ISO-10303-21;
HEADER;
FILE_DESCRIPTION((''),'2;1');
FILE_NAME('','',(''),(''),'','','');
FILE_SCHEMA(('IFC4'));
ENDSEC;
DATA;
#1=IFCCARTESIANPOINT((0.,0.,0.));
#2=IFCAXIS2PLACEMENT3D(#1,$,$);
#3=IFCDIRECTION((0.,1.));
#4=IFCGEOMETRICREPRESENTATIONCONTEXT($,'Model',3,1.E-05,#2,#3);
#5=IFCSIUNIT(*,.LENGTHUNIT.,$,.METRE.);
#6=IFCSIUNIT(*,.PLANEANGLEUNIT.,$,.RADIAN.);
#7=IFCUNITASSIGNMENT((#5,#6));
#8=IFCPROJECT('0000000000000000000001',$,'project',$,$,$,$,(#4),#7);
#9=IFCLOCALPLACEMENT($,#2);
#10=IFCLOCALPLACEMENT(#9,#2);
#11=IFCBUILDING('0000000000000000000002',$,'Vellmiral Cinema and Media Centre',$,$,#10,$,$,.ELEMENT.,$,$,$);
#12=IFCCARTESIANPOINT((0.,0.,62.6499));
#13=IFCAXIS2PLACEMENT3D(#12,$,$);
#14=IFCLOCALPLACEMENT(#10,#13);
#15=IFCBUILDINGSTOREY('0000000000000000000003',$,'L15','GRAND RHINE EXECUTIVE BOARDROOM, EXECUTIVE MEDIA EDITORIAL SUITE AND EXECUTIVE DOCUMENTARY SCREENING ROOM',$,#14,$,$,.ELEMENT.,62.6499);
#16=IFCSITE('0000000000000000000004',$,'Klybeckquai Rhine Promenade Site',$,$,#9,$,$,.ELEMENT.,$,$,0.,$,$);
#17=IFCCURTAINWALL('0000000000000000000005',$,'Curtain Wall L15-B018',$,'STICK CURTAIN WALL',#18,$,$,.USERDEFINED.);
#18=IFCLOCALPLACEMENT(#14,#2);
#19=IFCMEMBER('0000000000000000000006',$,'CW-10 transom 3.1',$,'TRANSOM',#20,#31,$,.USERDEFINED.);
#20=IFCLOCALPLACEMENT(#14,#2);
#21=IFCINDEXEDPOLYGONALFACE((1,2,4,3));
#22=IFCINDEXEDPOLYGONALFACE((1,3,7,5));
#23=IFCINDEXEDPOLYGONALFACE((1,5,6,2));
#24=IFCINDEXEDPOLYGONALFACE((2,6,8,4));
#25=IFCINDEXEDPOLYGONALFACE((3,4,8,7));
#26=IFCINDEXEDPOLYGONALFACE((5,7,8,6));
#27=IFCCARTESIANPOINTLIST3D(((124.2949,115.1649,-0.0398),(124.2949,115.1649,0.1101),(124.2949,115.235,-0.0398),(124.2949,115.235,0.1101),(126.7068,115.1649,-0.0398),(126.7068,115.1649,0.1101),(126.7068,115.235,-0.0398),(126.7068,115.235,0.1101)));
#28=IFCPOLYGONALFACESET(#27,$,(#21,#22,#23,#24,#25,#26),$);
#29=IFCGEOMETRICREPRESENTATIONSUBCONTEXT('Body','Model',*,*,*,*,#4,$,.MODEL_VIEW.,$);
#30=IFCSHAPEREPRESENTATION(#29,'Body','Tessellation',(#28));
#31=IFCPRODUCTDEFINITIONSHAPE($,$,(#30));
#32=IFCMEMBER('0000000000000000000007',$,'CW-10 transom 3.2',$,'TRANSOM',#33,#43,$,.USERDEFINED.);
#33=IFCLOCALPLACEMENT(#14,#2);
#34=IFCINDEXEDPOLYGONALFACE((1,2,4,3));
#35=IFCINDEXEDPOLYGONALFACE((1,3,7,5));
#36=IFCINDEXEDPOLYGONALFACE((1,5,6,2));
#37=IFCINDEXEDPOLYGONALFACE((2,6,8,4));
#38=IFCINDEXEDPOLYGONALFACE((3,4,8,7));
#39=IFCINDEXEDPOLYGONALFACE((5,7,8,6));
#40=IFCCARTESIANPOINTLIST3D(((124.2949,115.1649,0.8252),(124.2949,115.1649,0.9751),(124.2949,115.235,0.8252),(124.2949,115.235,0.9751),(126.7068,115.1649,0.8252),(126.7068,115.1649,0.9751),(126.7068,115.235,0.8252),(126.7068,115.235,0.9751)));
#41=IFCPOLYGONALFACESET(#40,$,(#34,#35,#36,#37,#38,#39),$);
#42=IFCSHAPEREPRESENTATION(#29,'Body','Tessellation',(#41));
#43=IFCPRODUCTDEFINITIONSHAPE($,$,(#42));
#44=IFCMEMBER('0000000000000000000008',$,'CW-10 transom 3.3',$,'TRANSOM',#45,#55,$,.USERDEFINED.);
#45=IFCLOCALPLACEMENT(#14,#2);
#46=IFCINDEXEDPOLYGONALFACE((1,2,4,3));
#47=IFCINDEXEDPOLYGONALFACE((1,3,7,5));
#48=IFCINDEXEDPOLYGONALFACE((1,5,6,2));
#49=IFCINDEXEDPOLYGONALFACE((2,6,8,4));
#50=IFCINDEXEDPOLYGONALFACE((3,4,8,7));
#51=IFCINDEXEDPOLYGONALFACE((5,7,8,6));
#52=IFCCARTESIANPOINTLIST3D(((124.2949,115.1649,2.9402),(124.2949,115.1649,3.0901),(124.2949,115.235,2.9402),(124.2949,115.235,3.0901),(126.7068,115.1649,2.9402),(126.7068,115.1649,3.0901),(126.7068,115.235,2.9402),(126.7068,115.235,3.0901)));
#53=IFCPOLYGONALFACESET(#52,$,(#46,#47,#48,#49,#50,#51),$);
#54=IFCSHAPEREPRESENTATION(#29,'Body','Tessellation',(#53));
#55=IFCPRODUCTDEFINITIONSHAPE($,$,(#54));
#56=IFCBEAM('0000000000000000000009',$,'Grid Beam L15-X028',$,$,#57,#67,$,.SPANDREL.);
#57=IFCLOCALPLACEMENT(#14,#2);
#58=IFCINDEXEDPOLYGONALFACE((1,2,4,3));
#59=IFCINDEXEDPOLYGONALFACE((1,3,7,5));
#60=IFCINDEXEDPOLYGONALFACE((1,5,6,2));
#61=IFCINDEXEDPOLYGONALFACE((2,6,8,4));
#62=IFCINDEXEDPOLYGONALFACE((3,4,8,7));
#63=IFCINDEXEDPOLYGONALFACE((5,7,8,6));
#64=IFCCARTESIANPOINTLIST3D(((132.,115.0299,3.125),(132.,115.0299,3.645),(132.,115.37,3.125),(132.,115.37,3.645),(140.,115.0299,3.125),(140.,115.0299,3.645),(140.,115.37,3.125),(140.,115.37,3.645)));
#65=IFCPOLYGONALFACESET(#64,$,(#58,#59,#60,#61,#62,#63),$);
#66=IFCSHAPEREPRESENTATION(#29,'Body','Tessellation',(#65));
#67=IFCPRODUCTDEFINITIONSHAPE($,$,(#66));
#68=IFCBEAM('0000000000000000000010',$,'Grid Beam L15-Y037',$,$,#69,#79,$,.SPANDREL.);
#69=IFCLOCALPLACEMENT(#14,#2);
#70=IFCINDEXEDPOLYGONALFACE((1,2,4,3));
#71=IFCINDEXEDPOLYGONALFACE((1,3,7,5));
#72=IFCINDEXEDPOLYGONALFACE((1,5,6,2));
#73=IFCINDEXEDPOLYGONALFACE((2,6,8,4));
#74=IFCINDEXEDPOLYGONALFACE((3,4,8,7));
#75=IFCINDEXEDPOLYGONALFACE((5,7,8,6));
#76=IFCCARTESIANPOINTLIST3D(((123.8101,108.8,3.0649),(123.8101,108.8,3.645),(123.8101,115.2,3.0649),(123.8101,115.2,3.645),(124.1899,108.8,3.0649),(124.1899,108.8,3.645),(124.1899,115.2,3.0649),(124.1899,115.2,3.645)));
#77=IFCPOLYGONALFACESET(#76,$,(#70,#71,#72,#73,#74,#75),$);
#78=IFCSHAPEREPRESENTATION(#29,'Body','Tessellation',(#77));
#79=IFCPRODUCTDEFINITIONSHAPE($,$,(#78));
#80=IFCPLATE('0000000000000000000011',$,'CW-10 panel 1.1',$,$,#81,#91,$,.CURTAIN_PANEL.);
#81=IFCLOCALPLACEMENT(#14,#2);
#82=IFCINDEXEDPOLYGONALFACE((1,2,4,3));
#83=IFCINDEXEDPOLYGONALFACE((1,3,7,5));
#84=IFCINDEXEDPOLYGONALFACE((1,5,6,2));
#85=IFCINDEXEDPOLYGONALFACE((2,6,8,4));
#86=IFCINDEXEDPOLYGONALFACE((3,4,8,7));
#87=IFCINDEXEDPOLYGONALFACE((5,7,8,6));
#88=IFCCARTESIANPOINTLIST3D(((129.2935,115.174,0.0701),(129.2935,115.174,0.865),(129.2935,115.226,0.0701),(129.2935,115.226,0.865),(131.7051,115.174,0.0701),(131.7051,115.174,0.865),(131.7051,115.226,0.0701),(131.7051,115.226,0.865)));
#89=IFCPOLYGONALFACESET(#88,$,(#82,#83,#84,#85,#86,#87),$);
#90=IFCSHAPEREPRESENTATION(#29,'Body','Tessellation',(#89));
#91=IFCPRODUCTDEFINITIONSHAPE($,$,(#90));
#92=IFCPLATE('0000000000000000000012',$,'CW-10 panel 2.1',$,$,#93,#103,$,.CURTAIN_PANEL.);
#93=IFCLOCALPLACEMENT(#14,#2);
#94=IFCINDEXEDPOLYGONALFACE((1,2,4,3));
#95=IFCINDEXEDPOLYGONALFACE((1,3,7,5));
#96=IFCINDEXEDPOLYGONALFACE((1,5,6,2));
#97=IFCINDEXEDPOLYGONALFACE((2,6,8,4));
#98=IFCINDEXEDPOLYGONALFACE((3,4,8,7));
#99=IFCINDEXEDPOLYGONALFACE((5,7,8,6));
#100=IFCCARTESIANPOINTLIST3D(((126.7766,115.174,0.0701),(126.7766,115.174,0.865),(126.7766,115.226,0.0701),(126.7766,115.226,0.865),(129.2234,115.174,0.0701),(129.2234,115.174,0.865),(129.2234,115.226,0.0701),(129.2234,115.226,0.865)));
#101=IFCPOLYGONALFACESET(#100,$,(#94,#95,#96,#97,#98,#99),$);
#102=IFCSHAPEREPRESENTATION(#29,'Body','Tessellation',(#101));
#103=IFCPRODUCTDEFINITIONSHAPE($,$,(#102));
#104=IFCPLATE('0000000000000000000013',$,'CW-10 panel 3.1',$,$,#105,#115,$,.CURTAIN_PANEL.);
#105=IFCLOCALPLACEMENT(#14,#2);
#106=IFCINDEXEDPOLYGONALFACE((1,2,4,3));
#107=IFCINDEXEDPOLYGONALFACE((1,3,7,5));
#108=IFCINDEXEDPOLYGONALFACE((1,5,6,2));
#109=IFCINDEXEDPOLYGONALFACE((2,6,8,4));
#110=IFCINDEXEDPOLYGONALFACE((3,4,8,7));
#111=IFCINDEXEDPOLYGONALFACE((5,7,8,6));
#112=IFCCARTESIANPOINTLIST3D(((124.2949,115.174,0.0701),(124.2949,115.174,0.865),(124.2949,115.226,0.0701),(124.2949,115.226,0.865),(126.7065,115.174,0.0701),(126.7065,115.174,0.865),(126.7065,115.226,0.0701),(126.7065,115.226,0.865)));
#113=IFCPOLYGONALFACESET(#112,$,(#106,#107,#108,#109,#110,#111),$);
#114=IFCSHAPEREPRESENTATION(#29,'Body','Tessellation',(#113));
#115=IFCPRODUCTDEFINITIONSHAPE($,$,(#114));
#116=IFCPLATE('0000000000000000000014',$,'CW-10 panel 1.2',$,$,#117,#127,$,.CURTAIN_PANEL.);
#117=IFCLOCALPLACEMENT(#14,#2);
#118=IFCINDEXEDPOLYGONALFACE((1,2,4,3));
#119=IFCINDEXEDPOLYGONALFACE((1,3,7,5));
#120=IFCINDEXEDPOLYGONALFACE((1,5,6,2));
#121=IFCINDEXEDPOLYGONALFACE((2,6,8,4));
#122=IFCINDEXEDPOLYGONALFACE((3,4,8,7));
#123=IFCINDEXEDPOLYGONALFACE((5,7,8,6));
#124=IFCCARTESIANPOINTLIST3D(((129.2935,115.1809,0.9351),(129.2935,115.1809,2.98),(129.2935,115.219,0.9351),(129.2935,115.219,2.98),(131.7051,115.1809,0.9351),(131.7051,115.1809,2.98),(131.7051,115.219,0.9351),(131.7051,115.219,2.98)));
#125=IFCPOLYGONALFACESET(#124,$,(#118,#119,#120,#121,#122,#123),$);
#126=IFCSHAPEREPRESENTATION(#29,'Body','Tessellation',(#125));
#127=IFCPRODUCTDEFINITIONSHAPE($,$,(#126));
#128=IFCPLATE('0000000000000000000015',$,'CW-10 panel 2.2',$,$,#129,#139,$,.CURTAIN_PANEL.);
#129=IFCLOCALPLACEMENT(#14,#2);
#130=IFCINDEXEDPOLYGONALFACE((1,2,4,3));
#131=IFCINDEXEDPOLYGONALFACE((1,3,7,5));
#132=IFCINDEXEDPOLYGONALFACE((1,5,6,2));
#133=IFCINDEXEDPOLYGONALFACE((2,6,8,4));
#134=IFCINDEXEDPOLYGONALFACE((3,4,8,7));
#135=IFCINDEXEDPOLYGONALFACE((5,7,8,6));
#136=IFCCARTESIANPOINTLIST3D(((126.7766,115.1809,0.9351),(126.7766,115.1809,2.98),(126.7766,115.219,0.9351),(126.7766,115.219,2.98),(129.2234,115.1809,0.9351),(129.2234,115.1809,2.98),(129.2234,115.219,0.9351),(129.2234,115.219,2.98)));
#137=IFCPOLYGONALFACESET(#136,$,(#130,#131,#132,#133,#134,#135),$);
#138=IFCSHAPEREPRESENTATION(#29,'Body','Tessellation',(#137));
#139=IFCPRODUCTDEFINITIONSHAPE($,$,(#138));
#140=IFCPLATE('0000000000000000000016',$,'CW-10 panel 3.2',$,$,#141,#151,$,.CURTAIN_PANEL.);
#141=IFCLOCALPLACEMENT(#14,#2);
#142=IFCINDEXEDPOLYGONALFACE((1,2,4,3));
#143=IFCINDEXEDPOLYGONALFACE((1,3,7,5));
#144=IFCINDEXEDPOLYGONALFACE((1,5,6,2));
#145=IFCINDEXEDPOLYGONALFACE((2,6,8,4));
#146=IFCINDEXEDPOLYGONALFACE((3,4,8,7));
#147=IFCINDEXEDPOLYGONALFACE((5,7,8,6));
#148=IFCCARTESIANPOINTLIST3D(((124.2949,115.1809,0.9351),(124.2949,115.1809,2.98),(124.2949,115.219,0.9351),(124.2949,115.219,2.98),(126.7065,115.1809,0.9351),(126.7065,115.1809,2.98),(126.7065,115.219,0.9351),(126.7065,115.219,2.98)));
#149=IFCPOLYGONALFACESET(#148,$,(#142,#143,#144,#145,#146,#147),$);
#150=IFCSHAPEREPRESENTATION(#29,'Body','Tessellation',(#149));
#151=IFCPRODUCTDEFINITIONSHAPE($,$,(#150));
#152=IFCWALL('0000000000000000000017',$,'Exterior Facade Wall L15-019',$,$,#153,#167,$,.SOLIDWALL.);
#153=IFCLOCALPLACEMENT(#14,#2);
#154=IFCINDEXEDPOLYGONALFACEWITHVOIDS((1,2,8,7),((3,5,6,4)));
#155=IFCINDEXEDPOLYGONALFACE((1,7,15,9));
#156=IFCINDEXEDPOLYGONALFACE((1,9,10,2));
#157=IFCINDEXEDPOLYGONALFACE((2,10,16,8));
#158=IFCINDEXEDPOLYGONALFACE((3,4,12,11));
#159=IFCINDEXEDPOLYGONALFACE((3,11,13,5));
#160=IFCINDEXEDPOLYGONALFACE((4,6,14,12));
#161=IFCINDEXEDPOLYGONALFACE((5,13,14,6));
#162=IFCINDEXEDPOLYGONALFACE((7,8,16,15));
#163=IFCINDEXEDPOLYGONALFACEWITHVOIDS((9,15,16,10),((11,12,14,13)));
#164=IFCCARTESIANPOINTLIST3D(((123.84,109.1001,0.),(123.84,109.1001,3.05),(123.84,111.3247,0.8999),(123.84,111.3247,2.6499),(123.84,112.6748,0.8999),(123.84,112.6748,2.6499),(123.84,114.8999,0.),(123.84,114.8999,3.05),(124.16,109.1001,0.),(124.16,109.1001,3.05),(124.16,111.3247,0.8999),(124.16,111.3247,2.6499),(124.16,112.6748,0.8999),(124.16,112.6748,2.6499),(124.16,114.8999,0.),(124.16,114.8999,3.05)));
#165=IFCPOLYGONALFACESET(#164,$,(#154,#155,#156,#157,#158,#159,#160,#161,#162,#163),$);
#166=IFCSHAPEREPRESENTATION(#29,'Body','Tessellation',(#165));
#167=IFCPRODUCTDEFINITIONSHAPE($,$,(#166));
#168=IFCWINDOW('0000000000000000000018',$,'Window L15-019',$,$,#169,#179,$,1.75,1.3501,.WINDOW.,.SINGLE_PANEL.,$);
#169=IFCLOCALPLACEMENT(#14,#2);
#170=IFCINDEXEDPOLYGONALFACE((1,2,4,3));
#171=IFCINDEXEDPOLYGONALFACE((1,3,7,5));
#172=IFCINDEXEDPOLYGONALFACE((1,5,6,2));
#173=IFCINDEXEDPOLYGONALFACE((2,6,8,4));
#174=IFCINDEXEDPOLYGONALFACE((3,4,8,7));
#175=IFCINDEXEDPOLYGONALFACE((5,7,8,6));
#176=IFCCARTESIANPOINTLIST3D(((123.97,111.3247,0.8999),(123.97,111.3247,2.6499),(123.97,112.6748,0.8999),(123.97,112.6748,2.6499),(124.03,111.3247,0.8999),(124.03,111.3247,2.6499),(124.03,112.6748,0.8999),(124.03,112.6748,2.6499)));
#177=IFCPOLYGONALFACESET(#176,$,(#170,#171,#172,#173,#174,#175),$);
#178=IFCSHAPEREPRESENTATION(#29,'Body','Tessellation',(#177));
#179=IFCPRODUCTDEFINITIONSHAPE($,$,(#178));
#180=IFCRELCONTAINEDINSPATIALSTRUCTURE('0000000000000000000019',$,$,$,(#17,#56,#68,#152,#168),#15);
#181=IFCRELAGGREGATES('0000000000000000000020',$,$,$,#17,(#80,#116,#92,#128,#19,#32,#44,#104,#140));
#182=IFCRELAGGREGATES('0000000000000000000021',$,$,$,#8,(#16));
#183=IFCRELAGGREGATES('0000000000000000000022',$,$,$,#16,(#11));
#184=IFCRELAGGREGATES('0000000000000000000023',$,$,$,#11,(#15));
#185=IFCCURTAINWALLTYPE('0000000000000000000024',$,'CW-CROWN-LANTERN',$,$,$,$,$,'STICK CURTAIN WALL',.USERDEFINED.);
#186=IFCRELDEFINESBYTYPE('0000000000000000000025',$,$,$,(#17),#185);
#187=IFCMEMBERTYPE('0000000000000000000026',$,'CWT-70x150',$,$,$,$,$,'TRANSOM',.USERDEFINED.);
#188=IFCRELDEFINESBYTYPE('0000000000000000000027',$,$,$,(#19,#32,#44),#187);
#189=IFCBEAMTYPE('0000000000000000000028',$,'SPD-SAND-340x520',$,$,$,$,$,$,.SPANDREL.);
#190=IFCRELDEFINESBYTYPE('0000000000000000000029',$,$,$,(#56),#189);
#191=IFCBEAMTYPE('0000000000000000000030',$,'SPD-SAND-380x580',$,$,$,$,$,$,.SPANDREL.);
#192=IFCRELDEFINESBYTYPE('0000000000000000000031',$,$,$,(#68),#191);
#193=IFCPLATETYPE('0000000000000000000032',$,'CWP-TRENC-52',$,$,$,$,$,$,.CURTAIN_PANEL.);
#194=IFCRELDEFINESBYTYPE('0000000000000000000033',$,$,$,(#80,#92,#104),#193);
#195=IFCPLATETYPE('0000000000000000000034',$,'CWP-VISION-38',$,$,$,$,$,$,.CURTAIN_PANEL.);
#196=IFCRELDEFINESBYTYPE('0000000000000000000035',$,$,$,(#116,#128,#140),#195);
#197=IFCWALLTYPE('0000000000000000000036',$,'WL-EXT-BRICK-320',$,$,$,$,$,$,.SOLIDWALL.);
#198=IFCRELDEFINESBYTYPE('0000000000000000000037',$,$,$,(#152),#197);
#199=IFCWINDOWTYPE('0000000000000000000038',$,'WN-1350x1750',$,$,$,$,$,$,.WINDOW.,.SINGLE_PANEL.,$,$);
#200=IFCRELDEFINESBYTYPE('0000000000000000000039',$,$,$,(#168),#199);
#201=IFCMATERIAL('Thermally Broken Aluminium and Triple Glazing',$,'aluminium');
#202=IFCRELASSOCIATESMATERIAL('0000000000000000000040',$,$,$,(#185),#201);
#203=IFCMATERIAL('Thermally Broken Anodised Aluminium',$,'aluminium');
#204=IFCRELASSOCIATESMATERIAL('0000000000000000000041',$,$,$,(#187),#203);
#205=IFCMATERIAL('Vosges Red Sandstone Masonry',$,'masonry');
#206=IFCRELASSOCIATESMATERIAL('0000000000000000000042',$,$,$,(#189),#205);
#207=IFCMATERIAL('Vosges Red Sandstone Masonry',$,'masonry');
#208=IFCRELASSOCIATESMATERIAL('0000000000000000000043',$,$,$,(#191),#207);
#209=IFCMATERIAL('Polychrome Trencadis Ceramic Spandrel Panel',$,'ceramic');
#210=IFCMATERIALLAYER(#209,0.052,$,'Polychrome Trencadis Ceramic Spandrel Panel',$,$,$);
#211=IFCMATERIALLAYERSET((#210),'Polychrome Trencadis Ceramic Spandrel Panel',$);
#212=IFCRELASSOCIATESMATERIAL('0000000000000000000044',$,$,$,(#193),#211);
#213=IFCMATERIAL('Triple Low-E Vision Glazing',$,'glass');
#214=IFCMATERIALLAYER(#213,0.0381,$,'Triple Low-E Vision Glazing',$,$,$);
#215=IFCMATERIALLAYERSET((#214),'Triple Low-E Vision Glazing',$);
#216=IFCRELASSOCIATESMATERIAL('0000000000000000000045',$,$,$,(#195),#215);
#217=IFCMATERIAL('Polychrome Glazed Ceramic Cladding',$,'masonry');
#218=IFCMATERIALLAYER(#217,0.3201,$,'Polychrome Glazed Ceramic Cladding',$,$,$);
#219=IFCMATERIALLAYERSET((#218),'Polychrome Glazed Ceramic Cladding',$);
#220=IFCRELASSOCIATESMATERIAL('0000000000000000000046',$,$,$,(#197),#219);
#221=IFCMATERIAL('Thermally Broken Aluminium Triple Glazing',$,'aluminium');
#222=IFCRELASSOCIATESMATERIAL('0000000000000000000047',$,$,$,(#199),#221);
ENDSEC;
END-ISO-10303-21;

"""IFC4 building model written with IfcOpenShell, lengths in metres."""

from ifc_helpers import new_model, si_unit, direction, frame, frame_2d, origin, origin_2d, place, context, subcontext, project, spatial, rectangle, extrude, material, layer, layer_set, material_profile, profile_set, type_object, element, fill, aggregate, save


model = new_model("IFC4")

# Units and contexts
model_context = context("Model", 3, precision=1e-05, world=origin(), true_north=direction((0.0, 1.0)))
body_context = subcontext(model_context, "Body", "Model", "MODEL_VIEW")
ifc_project = project(units=[si_unit("LENGTHUNIT", "METRE"), si_unit("PLANEANGLEUNIT", "RADIAN")], contexts=[model_context])

# Site, building, storey
site_placement = place(None, origin())
site = spatial("IfcSite", under=ifc_project, at=site_placement, Name="Klybeckquai Rhine Promenade Site", CompositionType="ELEMENT", RefElevation=0.0)
building_placement = place(site_placement, origin())
building = spatial("IfcBuilding", under=site, at=building_placement, Name="Vellmiral Cinema and Media Centre", CompositionType="ELEMENT")
storey_placement = place(building_placement, frame((0.0, 0.0, 62.6499)))
storey = spatial("IfcBuildingStorey", under=building, at=storey_placement, Name="L15", Description="GRAND RHINE EXECUTIVE BOARDROOM, EXECUTIVE MEDIA EDITORIAL SUITE AND EXECUTIVE DOCUMENTARY SCREENING ROOM", CompositionType="ELEMENT", Elevation=62.6499)

# Curtain wall, members
ifc_material_1 = material(Name="Thermally Broken Aluminium and Triple Glazing", Category="aluminium")
curtain_wall_type = type_object("IfcCurtainWallType", Name="CW-CROWN-LANTERN", ElementType="STICK CURTAIN WALL", PredefinedType="USERDEFINED", material=ifc_material_1)
curtain_wall_placement = place(storey_placement, origin())
curtain_wall = element("IfcCurtainWall", 1, at=curtain_wall_placement, inside=storey, type_object=curtain_wall_type, Name="Curtain Wall L15-B018", ObjectType="STICK CURTAIN WALL", PredefinedType="USERDEFINED")
ifc_material_2 = material(Name="Thermally Broken Anodised Aluminium", Category="aluminium")
ifc_material_profile_1 = material_profile(ifc_material_2, rectangle(XDim=0.0701, YDim=0.1499, at=origin_2d()), Name="MULL 70x150")
ifc_profile_set_1 = profile_set([ifc_material_profile_1], Name="Thermally Broken Anodised Aluminium")
member_type_1 = type_object("IfcMemberType", Name="CWT-70x150", ElementType="TRANSOM", PredefinedType="USERDEFINED", material=ifc_profile_set_1)
member_1_placement = place(storey_placement, frame((126.7068, 115.2, 0.0352), z_axis=(-1.0, 0.0, 0.0), x_axis=(0.0, -1.0, 0.0)))
member_1 = element("IfcMember", 2, at=member_1_placement, type_object=member_type_1, Name="CW-10 transom 3.1", ObjectType="TRANSOM", PredefinedType="USERDEFINED", context=body_context, shape_type="SweptSolid", body=[
    extrude(rectangle(XDim=0.0701, YDim=0.1499, at=origin_2d()), origin(), (0.0, 0.0, 1.0), 2.4119),
])
member_2_placement = place(storey_placement, frame((126.7068, 115.2, 0.9001), z_axis=(-1.0, 0.0, 0.0), x_axis=(0.0, -1.0, 0.0)))
member_2 = element("IfcMember", 3, at=member_2_placement, type_object=member_type_1, Name="CW-10 transom 3.2", ObjectType="TRANSOM", PredefinedType="USERDEFINED", context=body_context, shape_type="SweptSolid", body=[
    extrude(rectangle(XDim=0.0701, YDim=0.1499, at=origin_2d()), origin(), (0.0, 0.0, 1.0), 2.4119),
])
member_3_placement = place(storey_placement, frame((126.7068, 115.2, 3.0151), z_axis=(-1.0, 0.0, 0.0), x_axis=(0.0, -1.0, 0.0)))
member_3 = element("IfcMember", 4, at=member_3_placement, type_object=member_type_1, Name="CW-10 transom 3.3", ObjectType="TRANSOM", PredefinedType="USERDEFINED", context=body_context, shape_type="SweptSolid", body=[
    extrude(rectangle(XDim=0.0701, YDim=0.1499, at=origin_2d()), origin(), (0.0, 0.0, 1.0), 2.4119),
])

# Beams
ifc_material_3 = material(Name="Vosges Red Sandstone Masonry", Category="masonry")
ifc_material_profile_2 = material_profile(ifc_material_3, rectangle(XDim=0.3401, YDim=0.52, at=origin_2d()), Name="SAND 340x520")
ifc_profile_set_2 = profile_set([ifc_material_profile_2], Name="Vosges Red Sandstone Masonry")
beam_type_1 = type_object("IfcBeamType", Name="SPD-SAND-340x520", PredefinedType="SPANDREL", material=ifc_profile_set_2)
beam_1_placement = place(storey_placement, frame((132.0, 115.2, 3.385), z_axis=(1.0, 0.0, 0.0), x_axis=(0.0, 1.0, 0.0)))
element("IfcBeam", 5, at=beam_1_placement, inside=storey, type_object=beam_type_1, Name="Grid Beam L15-X028", PredefinedType="SPANDREL", context=body_context, shape_type="SweptSolid", body=[
    extrude(rectangle(XDim=0.3401, YDim=0.52, at=origin_2d()), origin(), (0.0, 0.0, 1.0), 8.0),
])
ifc_material_4 = material(Name="Vosges Red Sandstone Masonry", Category="masonry")
ifc_material_profile_3 = material_profile(ifc_material_4, rectangle(XDim=0.3799, YDim=0.5801, at=origin_2d()), Name="SAND 380x580")
ifc_profile_set_3 = profile_set([ifc_material_profile_3], Name="Vosges Red Sandstone Masonry")
beam_type_2 = type_object("IfcBeamType", Name="SPD-SAND-380x580", PredefinedType="SPANDREL", material=ifc_profile_set_3)
beam_2_placement = place(storey_placement, frame((124.0, 108.8, 3.355), z_axis=(0.0, 1.0, 0.0), x_axis=(-1.0, 0.0, 0.0)))
element("IfcBeam", 6, at=beam_2_placement, inside=storey, type_object=beam_type_2, Name="Grid Beam L15-Y037", PredefinedType="SPANDREL", context=body_context, shape_type="SweptSolid", body=[
    extrude(rectangle(XDim=0.3799, YDim=0.5801, at=origin_2d()), origin(), (0.0, 0.0, 1.0), 6.3999),
])

# Plates
ifc_material_5 = material(Name="Polychrome Trencadis Ceramic Spandrel Panel", Category="ceramic")
ifc_layer_1 = layer(ifc_material_5, 0.052, Name="Polychrome Trencadis Ceramic Spandrel Panel")
ifc_layer_set_1 = layer_set([ifc_layer_1], Name="Polychrome Trencadis Ceramic Spandrel Panel")
plate_type_1 = type_object("IfcPlateType", Name="CWP-TRENC-52", PredefinedType="CURTAIN_PANEL", material=ifc_layer_set_1)
plate_1_placement = place(storey_placement, frame((130.4993, 115.2, 0.0701), z_axis=(0.0, 0.0, 1.0), x_axis=(-1.0, 0.0, 0.0)))
plate_1 = element("IfcPlate", 7, at=plate_1_placement, type_object=plate_type_1, Name="CW-10 panel 1.1", PredefinedType="CURTAIN_PANEL", context=body_context, shape_type="SweptSolid", body=[
    extrude(rectangle(XDim=2.4116, YDim=0.052, at=origin_2d()), origin(), (0.0, 0.0, 1.0), 0.7949),
])
plate_2_placement = place(storey_placement, frame((128.0, 115.2, 0.0701), z_axis=(0.0, 0.0, 1.0), x_axis=(-1.0, 0.0, 0.0)))
plate_2 = element("IfcPlate", 8, at=plate_2_placement, type_object=plate_type_1, Name="CW-10 panel 2.1", PredefinedType="CURTAIN_PANEL", context=body_context, shape_type="SweptSolid", body=[
    extrude(rectangle(XDim=2.4468, YDim=0.052, at=origin_2d()), origin(), (0.0, 0.0, 1.0), 0.7949),
])
plate_3_placement = place(storey_placement, frame((125.5007, 115.2, 0.0701), z_axis=(0.0, 0.0, 1.0), x_axis=(-1.0, 0.0, 0.0)))
plate_3 = element("IfcPlate", 9, at=plate_3_placement, type_object=plate_type_1, Name="CW-10 panel 3.1", PredefinedType="CURTAIN_PANEL", context=body_context, shape_type="SweptSolid", body=[
    extrude(rectangle(XDim=2.4116, YDim=0.052, at=origin_2d()), origin(), (0.0, 0.0, 1.0), 0.7949),
])
ifc_material_6 = material(Name="Triple Low-E Vision Glazing", Category="glass")
ifc_layer_2 = layer(ifc_material_6, 0.0381, Name="Triple Low-E Vision Glazing")
ifc_layer_set_2 = layer_set([ifc_layer_2], Name="Triple Low-E Vision Glazing")
plate_type_2 = type_object("IfcPlateType", Name="CWP-VISION-38", PredefinedType="CURTAIN_PANEL", material=ifc_layer_set_2)
plate_4_placement = place(storey_placement, frame((130.4993, 115.2, 0.9351), z_axis=(0.0, 0.0, 1.0), x_axis=(-1.0, 0.0, 0.0)))
plate_4 = element("IfcPlate", 10, at=plate_4_placement, type_object=plate_type_2, Name="CW-10 panel 1.2", PredefinedType="CURTAIN_PANEL", context=body_context, shape_type="SweptSolid", body=[
    extrude(rectangle(XDim=2.4116, YDim=0.0381, at=origin_2d()), origin(), (0.0, 0.0, 1.0), 2.0449),
])
plate_5_placement = place(storey_placement, frame((128.0, 115.2, 0.9351), z_axis=(0.0, 0.0, 1.0), x_axis=(-1.0, 0.0, 0.0)))
plate_5 = element("IfcPlate", 11, at=plate_5_placement, type_object=plate_type_2, Name="CW-10 panel 2.2", PredefinedType="CURTAIN_PANEL", context=body_context, shape_type="SweptSolid", body=[
    extrude(rectangle(XDim=2.4468, YDim=0.0381, at=origin_2d()), origin(), (0.0, 0.0, 1.0), 2.0449),
])
plate_6_placement = place(storey_placement, frame((125.5007, 115.2, 0.9351), z_axis=(0.0, 0.0, 1.0), x_axis=(-1.0, 0.0, 0.0)))
plate_6 = element("IfcPlate", 12, at=plate_6_placement, type_object=plate_type_2, Name="CW-10 panel 3.2", PredefinedType="CURTAIN_PANEL", context=body_context, shape_type="SweptSolid", body=[
    extrude(rectangle(XDim=2.4116, YDim=0.0381, at=origin_2d()), origin(), (0.0, 0.0, 1.0), 2.0449),
])
aggregate(curtain_wall, [plate_1, plate_4, plate_2, plate_5, member_1, member_2, member_3, plate_3, plate_6])

# Wall, opening, window
ifc_material_7 = material(Name="Polychrome Glazed Ceramic Cladding", Category="masonry")
ifc_layer_3 = layer(ifc_material_7, 0.3201, Name="Polychrome Glazed Ceramic Cladding")
ifc_layer_set_3 = layer_set([ifc_layer_3], Name="Polychrome Glazed Ceramic Cladding")
wall_type = type_object("IfcWallType", Name="WL-EXT-BRICK-320", PredefinedType="SOLIDWALL", material=ifc_layer_set_3)
wall_placement = place(storey_placement, frame((124.0, 114.8999, 0.0), z_axis=(0.0, 0.0, 1.0), x_axis=(0.0, -1.0, 0.0)))
wall = element("IfcWall", 13, at=wall_placement, inside=storey, type_object=wall_type, Name="Exterior Facade Wall L15-019", PredefinedType="SOLIDWALL", context=body_context, shape_type="SweptSolid", body=[
    extrude(rectangle(XDim=5.7998, YDim=0.3201, at=frame_2d((2.8999, 0.0))), origin(), (0.0, 0.0, 1.0), 3.05),
])
opening_placement = place(wall_placement, frame((2.2251, 0.0, 0.8999)))
opening = element("IfcOpeningElement", 14, at=opening_placement, cuts=wall, PredefinedType="OPENING", context=body_context, shape_type="SweptSolid", body=[
    extrude(rectangle(XDim=1.3501, YDim=1.75, at=frame_2d((0.675, 0.875))), frame((0.0, 0.1719, 0.0), z_axis=(0.0, -1.0, 0.0), x_axis=(1.0, 0.0, 0.0)), (0.0, 0.0, 1.0), 0.344),
])
ifc_material_8 = material(Name="Thermally Broken Aluminium Triple Glazing", Category="aluminium")
window_type = type_object("IfcWindowType", Name="WN-1350x1750", PartitioningType="SINGLE_PANEL", PredefinedType="WINDOW", material=ifc_material_8)
window_placement = place(opening_placement, origin())
window = element("IfcWindow", 15, at=window_placement, inside=storey, type_object=window_type, Name="Window L15-019", OverallHeight=1.75, OverallWidth=1.3501, PartitioningType="SINGLE_PANEL", PredefinedType="WINDOW", context=body_context, shape_type="SweptSolid", body=[
    extrude(rectangle(XDim=1.3501, YDim=1.75, at=frame_2d((0.675, 0.875))), frame((0.0, 0.03, 0.0), z_axis=(0.0, -1.0, 0.0), x_axis=(1.0, 0.0, 0.0)), (0.0, 0.0, 1.0), 0.0601),
])
fill(opening, window)

save(model, "model.ifc")
